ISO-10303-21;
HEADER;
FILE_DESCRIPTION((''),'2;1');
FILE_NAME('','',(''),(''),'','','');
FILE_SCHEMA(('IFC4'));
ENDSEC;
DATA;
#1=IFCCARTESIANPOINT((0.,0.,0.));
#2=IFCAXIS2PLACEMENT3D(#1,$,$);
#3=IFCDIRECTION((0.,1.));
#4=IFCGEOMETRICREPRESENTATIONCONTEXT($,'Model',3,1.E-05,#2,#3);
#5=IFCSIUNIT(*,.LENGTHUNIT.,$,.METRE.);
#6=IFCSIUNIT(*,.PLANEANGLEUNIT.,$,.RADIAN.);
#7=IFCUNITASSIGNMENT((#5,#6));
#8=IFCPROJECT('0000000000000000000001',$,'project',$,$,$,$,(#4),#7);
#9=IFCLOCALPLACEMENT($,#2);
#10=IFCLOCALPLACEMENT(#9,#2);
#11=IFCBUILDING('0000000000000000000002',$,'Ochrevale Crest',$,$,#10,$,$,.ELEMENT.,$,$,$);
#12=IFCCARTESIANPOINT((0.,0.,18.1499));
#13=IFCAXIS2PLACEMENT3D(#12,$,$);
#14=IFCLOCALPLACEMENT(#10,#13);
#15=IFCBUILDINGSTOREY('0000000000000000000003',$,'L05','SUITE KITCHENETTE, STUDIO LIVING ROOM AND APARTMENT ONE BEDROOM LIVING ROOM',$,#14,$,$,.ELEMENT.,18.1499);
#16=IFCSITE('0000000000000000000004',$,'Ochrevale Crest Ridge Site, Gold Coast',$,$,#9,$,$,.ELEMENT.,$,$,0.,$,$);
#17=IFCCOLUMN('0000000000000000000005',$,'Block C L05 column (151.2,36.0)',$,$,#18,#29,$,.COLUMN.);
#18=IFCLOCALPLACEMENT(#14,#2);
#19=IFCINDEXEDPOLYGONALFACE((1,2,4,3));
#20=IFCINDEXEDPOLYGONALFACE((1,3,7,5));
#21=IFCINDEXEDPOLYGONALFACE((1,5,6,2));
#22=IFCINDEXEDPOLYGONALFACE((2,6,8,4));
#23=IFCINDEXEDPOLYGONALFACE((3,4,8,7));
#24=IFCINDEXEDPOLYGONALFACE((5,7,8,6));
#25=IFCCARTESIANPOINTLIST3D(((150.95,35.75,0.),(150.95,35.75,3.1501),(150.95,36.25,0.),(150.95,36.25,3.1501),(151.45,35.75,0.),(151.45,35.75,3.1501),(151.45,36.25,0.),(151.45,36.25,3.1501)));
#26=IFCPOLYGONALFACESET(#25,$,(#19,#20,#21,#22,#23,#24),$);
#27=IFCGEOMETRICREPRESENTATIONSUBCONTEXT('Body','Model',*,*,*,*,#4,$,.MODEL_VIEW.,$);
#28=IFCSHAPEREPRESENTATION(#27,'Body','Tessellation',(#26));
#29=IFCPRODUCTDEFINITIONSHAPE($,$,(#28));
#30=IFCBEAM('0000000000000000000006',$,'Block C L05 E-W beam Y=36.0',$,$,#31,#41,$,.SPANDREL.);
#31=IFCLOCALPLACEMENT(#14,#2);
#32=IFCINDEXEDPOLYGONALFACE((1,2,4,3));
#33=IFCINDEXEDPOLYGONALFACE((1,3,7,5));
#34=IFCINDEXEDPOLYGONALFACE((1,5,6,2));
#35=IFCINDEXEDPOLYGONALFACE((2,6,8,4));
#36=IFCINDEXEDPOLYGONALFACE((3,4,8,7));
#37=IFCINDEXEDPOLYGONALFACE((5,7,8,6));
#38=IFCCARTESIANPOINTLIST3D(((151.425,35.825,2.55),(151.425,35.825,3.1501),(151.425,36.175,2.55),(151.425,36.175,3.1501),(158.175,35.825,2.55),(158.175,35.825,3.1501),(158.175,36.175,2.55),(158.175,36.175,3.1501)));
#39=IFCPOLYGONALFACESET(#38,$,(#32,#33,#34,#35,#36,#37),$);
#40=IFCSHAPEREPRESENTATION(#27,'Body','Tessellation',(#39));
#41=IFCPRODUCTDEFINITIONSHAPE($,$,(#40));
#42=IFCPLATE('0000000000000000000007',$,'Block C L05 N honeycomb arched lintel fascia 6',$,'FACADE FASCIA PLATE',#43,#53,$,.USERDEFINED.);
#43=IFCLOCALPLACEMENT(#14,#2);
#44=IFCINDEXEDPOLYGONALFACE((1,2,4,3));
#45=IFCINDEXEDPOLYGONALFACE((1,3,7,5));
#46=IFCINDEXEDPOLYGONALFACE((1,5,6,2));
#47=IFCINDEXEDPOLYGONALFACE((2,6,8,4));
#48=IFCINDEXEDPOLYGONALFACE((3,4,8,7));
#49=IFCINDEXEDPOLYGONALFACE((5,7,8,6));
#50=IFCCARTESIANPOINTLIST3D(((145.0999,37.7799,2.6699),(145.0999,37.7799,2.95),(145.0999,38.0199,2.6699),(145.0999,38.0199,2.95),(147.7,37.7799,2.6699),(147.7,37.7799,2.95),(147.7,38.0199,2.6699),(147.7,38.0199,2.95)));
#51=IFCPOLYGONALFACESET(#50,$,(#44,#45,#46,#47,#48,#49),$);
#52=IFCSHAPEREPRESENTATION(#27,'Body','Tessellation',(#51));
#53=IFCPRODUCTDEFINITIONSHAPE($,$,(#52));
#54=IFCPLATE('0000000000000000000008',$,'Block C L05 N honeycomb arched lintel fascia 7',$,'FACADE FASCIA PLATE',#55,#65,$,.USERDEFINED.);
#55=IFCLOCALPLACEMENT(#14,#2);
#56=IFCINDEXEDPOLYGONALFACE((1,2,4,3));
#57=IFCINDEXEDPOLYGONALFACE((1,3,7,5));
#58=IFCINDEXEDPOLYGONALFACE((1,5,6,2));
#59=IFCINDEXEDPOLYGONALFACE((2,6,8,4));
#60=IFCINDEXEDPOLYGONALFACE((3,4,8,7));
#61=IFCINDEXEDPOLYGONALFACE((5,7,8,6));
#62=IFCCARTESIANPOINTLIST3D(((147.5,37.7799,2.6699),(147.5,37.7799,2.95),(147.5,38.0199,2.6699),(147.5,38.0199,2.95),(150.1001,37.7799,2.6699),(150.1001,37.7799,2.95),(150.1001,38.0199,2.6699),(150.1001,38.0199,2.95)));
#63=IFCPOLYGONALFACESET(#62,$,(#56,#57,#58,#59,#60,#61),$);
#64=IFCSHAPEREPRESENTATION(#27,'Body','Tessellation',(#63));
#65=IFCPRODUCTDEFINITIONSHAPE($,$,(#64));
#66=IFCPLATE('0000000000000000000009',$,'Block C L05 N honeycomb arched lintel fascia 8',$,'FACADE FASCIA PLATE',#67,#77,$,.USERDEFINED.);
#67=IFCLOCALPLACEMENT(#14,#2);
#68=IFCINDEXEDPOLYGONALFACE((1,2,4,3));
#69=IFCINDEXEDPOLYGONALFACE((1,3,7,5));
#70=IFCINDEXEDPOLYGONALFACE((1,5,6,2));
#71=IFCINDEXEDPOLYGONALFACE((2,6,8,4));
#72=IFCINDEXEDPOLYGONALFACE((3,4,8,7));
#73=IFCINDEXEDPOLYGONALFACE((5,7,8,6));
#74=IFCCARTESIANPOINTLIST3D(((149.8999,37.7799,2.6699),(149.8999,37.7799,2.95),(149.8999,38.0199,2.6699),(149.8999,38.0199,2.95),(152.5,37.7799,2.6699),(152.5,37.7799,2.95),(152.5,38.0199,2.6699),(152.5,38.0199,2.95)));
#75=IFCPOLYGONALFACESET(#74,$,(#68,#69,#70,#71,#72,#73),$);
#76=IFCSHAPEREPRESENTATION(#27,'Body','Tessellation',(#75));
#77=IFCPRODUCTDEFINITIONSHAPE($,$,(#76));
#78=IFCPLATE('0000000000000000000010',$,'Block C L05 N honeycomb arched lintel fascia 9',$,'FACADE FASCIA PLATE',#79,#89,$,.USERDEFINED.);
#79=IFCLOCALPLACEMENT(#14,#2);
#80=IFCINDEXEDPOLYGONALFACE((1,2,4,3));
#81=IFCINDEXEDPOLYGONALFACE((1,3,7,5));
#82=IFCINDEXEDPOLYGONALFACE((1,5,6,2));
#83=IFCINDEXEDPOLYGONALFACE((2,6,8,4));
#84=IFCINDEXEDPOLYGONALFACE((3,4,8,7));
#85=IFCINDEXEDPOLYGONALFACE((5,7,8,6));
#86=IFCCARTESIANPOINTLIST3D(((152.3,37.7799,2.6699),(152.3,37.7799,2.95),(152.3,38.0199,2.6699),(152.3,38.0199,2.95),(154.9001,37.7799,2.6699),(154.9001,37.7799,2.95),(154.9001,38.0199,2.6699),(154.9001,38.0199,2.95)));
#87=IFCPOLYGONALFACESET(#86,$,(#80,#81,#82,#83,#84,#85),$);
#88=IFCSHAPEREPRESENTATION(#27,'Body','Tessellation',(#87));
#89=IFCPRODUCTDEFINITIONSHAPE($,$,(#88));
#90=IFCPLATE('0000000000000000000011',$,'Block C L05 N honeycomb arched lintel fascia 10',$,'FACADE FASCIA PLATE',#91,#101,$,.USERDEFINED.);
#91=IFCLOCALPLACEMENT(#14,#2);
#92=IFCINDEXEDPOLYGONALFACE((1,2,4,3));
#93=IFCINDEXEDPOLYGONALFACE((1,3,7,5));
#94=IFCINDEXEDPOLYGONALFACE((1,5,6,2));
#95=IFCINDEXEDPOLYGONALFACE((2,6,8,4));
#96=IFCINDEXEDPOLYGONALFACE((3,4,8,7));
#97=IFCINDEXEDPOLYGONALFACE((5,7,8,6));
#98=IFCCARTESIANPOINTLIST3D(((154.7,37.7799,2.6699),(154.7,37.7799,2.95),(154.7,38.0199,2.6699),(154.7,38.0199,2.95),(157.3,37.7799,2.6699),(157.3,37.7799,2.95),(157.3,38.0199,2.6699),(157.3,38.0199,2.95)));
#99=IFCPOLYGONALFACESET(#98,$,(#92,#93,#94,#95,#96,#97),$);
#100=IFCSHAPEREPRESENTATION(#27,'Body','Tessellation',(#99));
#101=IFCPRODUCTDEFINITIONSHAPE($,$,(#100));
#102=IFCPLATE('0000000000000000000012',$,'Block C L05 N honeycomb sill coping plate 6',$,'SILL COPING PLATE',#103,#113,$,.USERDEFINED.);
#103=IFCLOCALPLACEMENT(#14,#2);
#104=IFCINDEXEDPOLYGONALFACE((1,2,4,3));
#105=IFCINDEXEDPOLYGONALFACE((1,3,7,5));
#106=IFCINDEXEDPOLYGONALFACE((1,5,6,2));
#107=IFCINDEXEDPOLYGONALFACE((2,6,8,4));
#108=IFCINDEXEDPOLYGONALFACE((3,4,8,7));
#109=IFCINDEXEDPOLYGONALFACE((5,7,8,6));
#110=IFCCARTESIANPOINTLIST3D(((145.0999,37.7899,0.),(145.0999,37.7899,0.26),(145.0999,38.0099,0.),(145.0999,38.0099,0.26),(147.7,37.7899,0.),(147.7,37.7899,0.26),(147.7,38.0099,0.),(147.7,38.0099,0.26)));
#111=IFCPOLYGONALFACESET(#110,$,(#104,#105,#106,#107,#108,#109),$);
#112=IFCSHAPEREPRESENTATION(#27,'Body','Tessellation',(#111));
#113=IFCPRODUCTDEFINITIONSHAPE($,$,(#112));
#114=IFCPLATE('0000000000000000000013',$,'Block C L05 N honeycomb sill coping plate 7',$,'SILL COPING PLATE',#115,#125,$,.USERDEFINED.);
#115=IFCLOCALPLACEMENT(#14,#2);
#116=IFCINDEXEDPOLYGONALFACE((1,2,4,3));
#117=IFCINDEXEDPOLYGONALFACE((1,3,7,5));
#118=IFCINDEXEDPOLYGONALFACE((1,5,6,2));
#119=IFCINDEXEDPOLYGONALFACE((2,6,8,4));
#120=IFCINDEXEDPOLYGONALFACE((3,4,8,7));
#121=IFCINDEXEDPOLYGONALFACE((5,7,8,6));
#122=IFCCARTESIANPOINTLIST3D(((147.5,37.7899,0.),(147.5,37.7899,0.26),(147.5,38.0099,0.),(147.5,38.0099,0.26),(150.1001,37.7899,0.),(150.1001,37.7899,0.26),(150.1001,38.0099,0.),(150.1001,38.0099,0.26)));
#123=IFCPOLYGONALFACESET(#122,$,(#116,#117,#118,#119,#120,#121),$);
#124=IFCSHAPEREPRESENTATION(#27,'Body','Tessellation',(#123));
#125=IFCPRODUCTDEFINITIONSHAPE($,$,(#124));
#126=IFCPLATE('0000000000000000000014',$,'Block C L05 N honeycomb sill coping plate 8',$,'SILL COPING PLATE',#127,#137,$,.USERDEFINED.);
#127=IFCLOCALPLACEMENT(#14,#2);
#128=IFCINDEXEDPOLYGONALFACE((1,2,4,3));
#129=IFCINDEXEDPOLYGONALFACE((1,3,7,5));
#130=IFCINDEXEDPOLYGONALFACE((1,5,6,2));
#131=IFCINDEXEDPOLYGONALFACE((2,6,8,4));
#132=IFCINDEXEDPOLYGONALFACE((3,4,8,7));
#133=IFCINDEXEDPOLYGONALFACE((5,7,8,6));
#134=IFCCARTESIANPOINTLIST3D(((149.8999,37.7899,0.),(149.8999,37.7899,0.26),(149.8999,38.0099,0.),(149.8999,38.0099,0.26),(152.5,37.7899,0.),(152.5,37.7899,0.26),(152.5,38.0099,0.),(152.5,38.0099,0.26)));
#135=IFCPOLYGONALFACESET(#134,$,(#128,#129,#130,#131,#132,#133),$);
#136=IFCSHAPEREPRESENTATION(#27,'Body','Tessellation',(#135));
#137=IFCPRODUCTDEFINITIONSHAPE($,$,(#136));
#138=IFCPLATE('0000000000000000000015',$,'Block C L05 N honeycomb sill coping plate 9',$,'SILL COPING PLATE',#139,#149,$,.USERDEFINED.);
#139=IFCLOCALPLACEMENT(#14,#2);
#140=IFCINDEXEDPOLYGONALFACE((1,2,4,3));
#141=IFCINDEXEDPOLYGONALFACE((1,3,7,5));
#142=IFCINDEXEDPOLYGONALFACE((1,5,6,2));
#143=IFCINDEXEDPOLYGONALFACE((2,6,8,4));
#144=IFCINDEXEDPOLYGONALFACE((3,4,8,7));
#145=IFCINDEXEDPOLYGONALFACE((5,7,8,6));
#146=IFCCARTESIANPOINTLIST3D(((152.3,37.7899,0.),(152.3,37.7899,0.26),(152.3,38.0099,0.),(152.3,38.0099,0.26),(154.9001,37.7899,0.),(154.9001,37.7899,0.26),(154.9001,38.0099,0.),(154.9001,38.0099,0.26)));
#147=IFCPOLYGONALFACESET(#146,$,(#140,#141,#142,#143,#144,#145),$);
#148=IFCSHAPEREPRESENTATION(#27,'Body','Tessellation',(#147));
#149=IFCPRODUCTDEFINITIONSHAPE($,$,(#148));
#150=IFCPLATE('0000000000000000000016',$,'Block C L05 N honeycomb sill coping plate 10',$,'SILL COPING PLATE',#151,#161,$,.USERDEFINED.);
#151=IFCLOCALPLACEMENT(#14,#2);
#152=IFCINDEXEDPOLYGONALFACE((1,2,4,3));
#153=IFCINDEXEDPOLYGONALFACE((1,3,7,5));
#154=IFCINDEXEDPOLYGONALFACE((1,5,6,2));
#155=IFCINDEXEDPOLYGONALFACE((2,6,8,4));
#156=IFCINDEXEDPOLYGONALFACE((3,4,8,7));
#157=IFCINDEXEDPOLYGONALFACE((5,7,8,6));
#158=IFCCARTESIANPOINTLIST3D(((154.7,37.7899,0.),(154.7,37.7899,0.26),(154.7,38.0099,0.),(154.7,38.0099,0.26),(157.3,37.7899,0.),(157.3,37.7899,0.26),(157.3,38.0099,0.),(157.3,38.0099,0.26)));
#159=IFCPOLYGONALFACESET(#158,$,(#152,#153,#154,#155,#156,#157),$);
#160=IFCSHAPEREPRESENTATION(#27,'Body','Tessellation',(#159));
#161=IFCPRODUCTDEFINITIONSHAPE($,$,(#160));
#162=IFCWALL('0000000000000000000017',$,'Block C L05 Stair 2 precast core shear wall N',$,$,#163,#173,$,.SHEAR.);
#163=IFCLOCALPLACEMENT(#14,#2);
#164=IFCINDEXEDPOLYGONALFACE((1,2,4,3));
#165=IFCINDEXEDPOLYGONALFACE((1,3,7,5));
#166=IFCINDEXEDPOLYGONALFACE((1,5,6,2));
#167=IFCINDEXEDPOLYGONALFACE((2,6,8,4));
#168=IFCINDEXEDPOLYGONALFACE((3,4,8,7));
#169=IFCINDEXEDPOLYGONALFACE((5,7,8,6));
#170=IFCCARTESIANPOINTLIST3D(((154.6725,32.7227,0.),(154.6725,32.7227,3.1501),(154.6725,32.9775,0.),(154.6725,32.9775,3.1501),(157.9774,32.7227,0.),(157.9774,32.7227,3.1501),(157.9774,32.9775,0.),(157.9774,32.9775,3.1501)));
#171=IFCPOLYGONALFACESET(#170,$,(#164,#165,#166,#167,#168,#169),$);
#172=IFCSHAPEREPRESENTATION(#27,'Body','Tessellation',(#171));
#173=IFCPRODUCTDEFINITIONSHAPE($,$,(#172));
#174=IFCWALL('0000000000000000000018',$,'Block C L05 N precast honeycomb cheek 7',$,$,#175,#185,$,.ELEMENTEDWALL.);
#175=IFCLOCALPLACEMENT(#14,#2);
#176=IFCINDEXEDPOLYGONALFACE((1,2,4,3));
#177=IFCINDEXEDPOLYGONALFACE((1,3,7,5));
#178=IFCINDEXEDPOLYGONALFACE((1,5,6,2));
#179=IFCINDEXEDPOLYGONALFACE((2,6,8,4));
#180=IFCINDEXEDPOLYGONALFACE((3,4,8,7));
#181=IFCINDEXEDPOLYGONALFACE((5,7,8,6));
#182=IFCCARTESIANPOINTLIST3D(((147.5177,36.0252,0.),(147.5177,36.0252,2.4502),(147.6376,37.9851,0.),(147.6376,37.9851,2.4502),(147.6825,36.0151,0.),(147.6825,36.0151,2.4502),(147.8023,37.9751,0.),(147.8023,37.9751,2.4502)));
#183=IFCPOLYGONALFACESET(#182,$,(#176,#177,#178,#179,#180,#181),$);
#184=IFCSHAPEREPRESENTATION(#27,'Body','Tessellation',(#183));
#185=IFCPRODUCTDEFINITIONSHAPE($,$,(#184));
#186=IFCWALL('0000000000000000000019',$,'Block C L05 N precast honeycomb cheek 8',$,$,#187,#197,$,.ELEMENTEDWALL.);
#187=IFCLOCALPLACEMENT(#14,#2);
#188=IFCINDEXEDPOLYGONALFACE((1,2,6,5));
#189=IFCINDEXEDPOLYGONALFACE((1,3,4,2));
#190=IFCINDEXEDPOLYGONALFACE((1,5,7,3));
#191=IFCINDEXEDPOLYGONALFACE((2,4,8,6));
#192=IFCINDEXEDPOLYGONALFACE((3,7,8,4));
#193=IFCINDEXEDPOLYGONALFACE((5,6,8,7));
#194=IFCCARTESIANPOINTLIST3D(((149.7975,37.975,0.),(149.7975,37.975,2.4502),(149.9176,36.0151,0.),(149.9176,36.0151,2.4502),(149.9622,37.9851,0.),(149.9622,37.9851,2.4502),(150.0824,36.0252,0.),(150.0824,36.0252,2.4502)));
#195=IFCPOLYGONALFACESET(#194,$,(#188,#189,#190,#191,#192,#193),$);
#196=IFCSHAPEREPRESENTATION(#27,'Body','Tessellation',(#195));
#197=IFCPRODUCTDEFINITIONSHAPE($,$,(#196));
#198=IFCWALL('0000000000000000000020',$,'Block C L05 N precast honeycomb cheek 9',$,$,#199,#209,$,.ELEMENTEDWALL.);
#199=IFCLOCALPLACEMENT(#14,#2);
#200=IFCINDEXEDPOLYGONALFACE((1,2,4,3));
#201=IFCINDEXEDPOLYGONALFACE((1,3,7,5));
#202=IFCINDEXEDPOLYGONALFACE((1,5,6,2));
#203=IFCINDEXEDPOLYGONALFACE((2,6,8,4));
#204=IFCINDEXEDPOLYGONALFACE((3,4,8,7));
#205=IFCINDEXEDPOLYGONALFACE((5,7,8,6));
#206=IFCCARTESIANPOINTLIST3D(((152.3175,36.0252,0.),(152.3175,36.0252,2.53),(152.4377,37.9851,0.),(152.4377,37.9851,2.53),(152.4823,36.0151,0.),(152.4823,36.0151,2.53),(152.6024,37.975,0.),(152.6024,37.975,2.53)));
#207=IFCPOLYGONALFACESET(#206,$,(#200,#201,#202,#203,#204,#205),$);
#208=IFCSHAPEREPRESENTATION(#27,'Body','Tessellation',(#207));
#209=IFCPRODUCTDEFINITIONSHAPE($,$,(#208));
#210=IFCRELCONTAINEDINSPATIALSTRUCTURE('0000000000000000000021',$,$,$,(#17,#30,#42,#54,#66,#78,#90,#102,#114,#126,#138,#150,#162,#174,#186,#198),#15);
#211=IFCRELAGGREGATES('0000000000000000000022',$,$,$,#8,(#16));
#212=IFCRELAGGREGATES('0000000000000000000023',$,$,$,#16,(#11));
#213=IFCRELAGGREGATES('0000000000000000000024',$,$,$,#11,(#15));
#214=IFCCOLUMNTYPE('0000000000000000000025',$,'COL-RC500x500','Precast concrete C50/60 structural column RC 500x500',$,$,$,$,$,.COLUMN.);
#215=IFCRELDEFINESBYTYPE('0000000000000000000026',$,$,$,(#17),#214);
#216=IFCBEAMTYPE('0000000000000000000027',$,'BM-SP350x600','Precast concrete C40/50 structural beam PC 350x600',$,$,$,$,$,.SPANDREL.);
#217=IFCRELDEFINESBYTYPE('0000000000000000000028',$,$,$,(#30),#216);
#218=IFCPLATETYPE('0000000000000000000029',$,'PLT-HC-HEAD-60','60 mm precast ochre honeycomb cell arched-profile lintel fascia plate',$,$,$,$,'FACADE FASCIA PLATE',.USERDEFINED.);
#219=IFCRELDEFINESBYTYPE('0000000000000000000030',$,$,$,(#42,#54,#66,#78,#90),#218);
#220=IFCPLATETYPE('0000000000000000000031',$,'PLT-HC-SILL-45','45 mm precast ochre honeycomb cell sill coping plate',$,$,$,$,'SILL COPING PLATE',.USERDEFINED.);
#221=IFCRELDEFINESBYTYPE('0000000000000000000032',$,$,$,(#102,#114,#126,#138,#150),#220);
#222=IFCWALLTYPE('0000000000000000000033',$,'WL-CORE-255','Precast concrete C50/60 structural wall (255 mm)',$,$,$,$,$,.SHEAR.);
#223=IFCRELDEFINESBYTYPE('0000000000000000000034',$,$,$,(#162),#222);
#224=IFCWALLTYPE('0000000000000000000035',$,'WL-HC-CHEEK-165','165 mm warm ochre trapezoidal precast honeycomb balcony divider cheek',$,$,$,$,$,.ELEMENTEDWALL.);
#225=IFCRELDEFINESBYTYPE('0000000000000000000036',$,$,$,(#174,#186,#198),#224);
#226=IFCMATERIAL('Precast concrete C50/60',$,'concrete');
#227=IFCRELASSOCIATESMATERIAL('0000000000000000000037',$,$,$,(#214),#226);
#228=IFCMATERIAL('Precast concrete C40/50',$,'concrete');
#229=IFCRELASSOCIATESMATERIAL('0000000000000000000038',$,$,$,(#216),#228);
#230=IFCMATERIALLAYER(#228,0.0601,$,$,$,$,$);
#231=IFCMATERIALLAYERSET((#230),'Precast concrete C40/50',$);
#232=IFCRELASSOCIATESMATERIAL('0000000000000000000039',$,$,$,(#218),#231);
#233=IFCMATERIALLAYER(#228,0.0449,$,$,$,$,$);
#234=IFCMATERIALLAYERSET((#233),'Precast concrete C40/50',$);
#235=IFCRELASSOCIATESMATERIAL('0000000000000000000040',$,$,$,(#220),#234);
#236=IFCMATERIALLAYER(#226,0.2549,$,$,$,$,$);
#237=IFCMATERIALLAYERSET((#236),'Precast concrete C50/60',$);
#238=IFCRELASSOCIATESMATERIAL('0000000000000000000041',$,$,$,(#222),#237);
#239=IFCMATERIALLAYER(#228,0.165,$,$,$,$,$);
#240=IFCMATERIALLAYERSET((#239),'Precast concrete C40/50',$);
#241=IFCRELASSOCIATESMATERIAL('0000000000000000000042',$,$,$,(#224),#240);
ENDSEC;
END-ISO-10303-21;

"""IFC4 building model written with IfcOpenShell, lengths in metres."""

from ifc_helpers import new_model, si_unit, direction, frame, frame_2d, origin, origin_2d, place, context, subcontext, project, spatial, rectangle, extrude, material, layer, layer_set, material_profile, profile_set, type_object, element, save


model = new_model("IFC4")

# Units and contexts
model_context = context("Model", 3, precision=1e-05, world=origin(), true_north=direction((0.0, 1.0)))
body_context = subcontext(model_context, "Body", "Model", "MODEL_VIEW")
ifc_project = project(units=[si_unit("LENGTHUNIT", "METRE"), si_unit("PLANEANGLEUNIT", "RADIAN")], contexts=[model_context])

# Site, building, storey
site_placement = place(None, origin())
site = spatial("IfcSite", under=ifc_project, at=site_placement, Name="Ochrevale Crest Ridge Site, Gold Coast", CompositionType="ELEMENT", RefElevation=0.0)
building_placement = place(site_placement, origin())
building = spatial("IfcBuilding", under=site, at=building_placement, Name="Ochrevale Crest", CompositionType="ELEMENT")
storey_placement = place(building_placement, frame((0.0, 0.0, 18.1499)))
storey = spatial("IfcBuildingStorey", under=building, at=storey_placement, Name="L05", Description="SUITE KITCHENETTE, STUDIO LIVING ROOM AND APARTMENT ONE BEDROOM LIVING ROOM", CompositionType="ELEMENT", Elevation=18.1499)

# Column
ifc_material_1 = material(Name="Precast concrete C50/60", Category="concrete")
ifc_material_profile_1 = material_profile(ifc_material_1, rectangle(XDim=0.5, YDim=0.5, at=origin_2d()), Name="RC 500x500")
ifc_profile_set_1 = profile_set([ifc_material_profile_1], Name="Precast concrete C50/60")
column_type = type_object("IfcColumnType", Name="COL-RC500x500", Description="Precast concrete C50/60 structural column RC 500x500", PredefinedType="COLUMN", material=ifc_profile_set_1)
column_placement = place(storey_placement, frame((151.2, 36.0, 0.0), z_axis=(0.0, 0.0, 1.0), x_axis=(1.0, 0.0, 0.0)))
element("IfcColumn", 1, at=column_placement, inside=storey, type_object=column_type, Name="Block C L05 column (151.2,36.0)", PredefinedType="COLUMN", context=body_context, shape_type="SweptSolid", body=[
    extrude(rectangle(XDim=0.5, YDim=0.5, at=origin_2d()), origin(), (0.0, 0.0, 1.0), 3.1501),
])

# Beam
ifc_material_2 = material(Name="Precast concrete C40/50", Category="concrete")
ifc_material_profile_2 = material_profile(ifc_material_2, rectangle(XDim=0.3501, YDim=0.6001, at=origin_2d()), Name="PC 350x600")
ifc_profile_set_2 = profile_set([ifc_material_profile_2], Name="Precast concrete C40/50")
beam_type = type_object("IfcBeamType", Name="BM-SP350x600", Description="Precast concrete C40/50 structural beam PC 350x600", PredefinedType="SPANDREL", material=ifc_profile_set_2)
beam_placement = place(storey_placement, frame((151.425, 36.0, 2.8501), z_axis=(1.0, 0.0, 0.0), x_axis=(0.0, 1.0, 0.0)))
element("IfcBeam", 2, at=beam_placement, inside=storey, type_object=beam_type, Name="Block C L05 E-W beam Y=36.0", PredefinedType="SPANDREL", context=body_context, shape_type="SweptSolid", body=[
    extrude(rectangle(XDim=0.3501, YDim=0.6001, at=origin_2d()), origin(), (0.0, 0.0, 1.0), 6.75),
])

# Plates
ifc_layer_1 = layer(ifc_material_2, 0.0601)
ifc_layer_set_1 = layer_set([ifc_layer_1], Name="Precast concrete C40/50")
plate_type_1 = type_object("IfcPlateType", Name="PLT-HC-HEAD-60", Description="60 mm precast ochre honeycomb cell arched-profile lintel fascia plate", ElementType="FACADE FASCIA PLATE", PredefinedType="USERDEFINED", material=ifc_layer_set_1)
for number, where, z_axis, x_axis, name in (
    (3, (146.3999, 37.8999, 2.6699), (0.0, 0.0, 1.0), (1.0, 0.0, 0.0), "Block C L05 N honeycomb arched lintel fascia 6"),
    (4, (148.8, 37.8999, 2.6699), (0.0, 0.0, 1.0), (1.0, 0.0, 0.0), "Block C L05 N honeycomb arched lintel fascia 7"),
    (5, (151.2, 37.8999, 2.6699), (0.0, 0.0, 1.0), (1.0, 0.0, 0.0), "Block C L05 N honeycomb arched lintel fascia 8"),
    (6, (153.6001, 37.8999, 2.6699), (0.0, 0.0, 1.0), (1.0, 0.0, 0.0), "Block C L05 N honeycomb arched lintel fascia 9"),
    (7, (156.0, 37.8999, 2.6699), (0.0, 0.0, 1.0), (1.0, 0.0, 0.0), "Block C L05 N honeycomb arched lintel fascia 10"),
):
    element("IfcPlate", number, at=place(storey_placement, frame(where, z_axis=z_axis, x_axis=x_axis)), inside=storey, type_object=plate_type_1, Name=name, ObjectType="FACADE FASCIA PLATE", PredefinedType="USERDEFINED", context=body_context, shape_type="SweptSolid", body=[
        extrude(rectangle(XDim=2.6001, YDim=0.24, at=origin_2d()), origin(), (0.0, 0.0, 1.0), 0.28),
    ])
ifc_layer_2 = layer(ifc_material_2, 0.0449)
ifc_layer_set_2 = layer_set([ifc_layer_2], Name="Precast concrete C40/50")
plate_type_2 = type_object("IfcPlateType", Name="PLT-HC-SILL-45", Description="45 mm precast ochre honeycomb cell sill coping plate", ElementType="SILL COPING PLATE", PredefinedType="USERDEFINED", material=ifc_layer_set_2)
for number, where, z_axis, x_axis, name in (
    (8, (146.3999, 37.8999, 0.0), (0.0, 0.0, 1.0), (1.0, 0.0, 0.0), "Block C L05 N honeycomb sill coping plate 6"),
    (9, (148.8, 37.8999, 0.0), (0.0, 0.0, 1.0), (1.0, 0.0, 0.0), "Block C L05 N honeycomb sill coping plate 7"),
    (10, (151.2, 37.8999, 0.0), (0.0, 0.0, 1.0), (1.0, 0.0, 0.0), "Block C L05 N honeycomb sill coping plate 8"),
    (11, (153.6001, 37.8999, 0.0), (0.0, 0.0, 1.0), (1.0, 0.0, 0.0), "Block C L05 N honeycomb sill coping plate 9"),
    (12, (156.0, 37.8999, 0.0), (0.0, 0.0, 1.0), (1.0, 0.0, 0.0), "Block C L05 N honeycomb sill coping plate 10"),
):
    element("IfcPlate", number, at=place(storey_placement, frame(where, z_axis=z_axis, x_axis=x_axis)), inside=storey, type_object=plate_type_2, Name=name, ObjectType="SILL COPING PLATE", PredefinedType="USERDEFINED", context=body_context, shape_type="SweptSolid", body=[
        extrude(rectangle(XDim=2.6001, YDim=0.22, at=origin_2d()), origin(), (0.0, 0.0, 1.0), 0.26),
    ])

# Walls
ifc_layer_3 = layer(ifc_material_1, 0.2549)
ifc_layer_set_3 = layer_set([ifc_layer_3], Name="Precast concrete C50/60")
wall_type_1 = type_object("IfcWallType", Name="WL-CORE-255", Description="Precast concrete C50/60 structural wall (255 mm)", PredefinedType="SHEAR", material=ifc_layer_set_3)
wall_1_placement = place(storey_placement, frame((154.6726, 32.8501, 0.0), z_axis=(0.0, 0.0, 1.0), x_axis=(1.0, 0.0, 0.0)))
element("IfcWall", 13, at=wall_1_placement, inside=storey, type_object=wall_type_1, Name="Block C L05 Stair 2 precast core shear wall N", PredefinedType="SHEAR", context=body_context, shape_type="SweptSolid", body=[
    extrude(rectangle(XDim=3.3049, YDim=0.2549, at=frame_2d((1.6523, 0.0))), origin(), (0.0, 0.0, 1.0), 3.1501),
])
ifc_layer_4 = layer(ifc_material_2, 0.165)
ifc_layer_set_4 = layer_set([ifc_layer_4], Name="Precast concrete C40/50")
wall_type_2 = type_object("IfcWallType", Name="WL-HC-CHEEK-165", Description="165 mm warm ochre trapezoidal precast honeycomb balcony divider cheek", PredefinedType="ELEMENTEDWALL", material=ifc_layer_set_4)
for number, where, z_axis, x_axis, name in (
    (14, (147.6001, 36.02, 0.0), (0.0, 0.0, 1.0), (0.061047, 0.998135, 0.0), "Block C L05 N precast honeycomb cheek 7"),
    (15, (150.0, 36.02, 0.0), (0.0, 0.0, 1.0), (-0.061171, 0.998127, 0.0), "Block C L05 N precast honeycomb cheek 8"),
):
    element("IfcWall", number, at=place(storey_placement, frame(where, z_axis=z_axis, x_axis=x_axis)), inside=storey, type_object=wall_type_2, Name=name, PredefinedType="ELEMENTEDWALL", context=body_context, shape_type="SweptSolid", body=[
        extrude(rectangle(XDim=1.9636, YDim=0.165, at=frame_2d((0.9819, 0.0))), origin(), (0.0, 0.0, 1.0), 2.4502),
    ])
for number, where, z_axis, x_axis, name in (
    (16, (152.3999, 36.02, 0.0), (0.0, 0.0, 1.0), (0.061171, 0.998127, 0.0), "Block C L05 N precast honeycomb cheek 9"),
):
    element("IfcWall", number, at=place(storey_placement, frame(where, z_axis=z_axis, x_axis=x_axis)), inside=storey, type_object=wall_type_2, Name=name, PredefinedType="ELEMENTEDWALL", context=body_context, shape_type="SweptSolid", body=[
        extrude(rectangle(XDim=1.9636, YDim=0.165, at=frame_2d((0.9819, 0.0))), origin(), (0.0, 0.0, 1.0), 2.53),
    ])

save(model, "model.ifc")
